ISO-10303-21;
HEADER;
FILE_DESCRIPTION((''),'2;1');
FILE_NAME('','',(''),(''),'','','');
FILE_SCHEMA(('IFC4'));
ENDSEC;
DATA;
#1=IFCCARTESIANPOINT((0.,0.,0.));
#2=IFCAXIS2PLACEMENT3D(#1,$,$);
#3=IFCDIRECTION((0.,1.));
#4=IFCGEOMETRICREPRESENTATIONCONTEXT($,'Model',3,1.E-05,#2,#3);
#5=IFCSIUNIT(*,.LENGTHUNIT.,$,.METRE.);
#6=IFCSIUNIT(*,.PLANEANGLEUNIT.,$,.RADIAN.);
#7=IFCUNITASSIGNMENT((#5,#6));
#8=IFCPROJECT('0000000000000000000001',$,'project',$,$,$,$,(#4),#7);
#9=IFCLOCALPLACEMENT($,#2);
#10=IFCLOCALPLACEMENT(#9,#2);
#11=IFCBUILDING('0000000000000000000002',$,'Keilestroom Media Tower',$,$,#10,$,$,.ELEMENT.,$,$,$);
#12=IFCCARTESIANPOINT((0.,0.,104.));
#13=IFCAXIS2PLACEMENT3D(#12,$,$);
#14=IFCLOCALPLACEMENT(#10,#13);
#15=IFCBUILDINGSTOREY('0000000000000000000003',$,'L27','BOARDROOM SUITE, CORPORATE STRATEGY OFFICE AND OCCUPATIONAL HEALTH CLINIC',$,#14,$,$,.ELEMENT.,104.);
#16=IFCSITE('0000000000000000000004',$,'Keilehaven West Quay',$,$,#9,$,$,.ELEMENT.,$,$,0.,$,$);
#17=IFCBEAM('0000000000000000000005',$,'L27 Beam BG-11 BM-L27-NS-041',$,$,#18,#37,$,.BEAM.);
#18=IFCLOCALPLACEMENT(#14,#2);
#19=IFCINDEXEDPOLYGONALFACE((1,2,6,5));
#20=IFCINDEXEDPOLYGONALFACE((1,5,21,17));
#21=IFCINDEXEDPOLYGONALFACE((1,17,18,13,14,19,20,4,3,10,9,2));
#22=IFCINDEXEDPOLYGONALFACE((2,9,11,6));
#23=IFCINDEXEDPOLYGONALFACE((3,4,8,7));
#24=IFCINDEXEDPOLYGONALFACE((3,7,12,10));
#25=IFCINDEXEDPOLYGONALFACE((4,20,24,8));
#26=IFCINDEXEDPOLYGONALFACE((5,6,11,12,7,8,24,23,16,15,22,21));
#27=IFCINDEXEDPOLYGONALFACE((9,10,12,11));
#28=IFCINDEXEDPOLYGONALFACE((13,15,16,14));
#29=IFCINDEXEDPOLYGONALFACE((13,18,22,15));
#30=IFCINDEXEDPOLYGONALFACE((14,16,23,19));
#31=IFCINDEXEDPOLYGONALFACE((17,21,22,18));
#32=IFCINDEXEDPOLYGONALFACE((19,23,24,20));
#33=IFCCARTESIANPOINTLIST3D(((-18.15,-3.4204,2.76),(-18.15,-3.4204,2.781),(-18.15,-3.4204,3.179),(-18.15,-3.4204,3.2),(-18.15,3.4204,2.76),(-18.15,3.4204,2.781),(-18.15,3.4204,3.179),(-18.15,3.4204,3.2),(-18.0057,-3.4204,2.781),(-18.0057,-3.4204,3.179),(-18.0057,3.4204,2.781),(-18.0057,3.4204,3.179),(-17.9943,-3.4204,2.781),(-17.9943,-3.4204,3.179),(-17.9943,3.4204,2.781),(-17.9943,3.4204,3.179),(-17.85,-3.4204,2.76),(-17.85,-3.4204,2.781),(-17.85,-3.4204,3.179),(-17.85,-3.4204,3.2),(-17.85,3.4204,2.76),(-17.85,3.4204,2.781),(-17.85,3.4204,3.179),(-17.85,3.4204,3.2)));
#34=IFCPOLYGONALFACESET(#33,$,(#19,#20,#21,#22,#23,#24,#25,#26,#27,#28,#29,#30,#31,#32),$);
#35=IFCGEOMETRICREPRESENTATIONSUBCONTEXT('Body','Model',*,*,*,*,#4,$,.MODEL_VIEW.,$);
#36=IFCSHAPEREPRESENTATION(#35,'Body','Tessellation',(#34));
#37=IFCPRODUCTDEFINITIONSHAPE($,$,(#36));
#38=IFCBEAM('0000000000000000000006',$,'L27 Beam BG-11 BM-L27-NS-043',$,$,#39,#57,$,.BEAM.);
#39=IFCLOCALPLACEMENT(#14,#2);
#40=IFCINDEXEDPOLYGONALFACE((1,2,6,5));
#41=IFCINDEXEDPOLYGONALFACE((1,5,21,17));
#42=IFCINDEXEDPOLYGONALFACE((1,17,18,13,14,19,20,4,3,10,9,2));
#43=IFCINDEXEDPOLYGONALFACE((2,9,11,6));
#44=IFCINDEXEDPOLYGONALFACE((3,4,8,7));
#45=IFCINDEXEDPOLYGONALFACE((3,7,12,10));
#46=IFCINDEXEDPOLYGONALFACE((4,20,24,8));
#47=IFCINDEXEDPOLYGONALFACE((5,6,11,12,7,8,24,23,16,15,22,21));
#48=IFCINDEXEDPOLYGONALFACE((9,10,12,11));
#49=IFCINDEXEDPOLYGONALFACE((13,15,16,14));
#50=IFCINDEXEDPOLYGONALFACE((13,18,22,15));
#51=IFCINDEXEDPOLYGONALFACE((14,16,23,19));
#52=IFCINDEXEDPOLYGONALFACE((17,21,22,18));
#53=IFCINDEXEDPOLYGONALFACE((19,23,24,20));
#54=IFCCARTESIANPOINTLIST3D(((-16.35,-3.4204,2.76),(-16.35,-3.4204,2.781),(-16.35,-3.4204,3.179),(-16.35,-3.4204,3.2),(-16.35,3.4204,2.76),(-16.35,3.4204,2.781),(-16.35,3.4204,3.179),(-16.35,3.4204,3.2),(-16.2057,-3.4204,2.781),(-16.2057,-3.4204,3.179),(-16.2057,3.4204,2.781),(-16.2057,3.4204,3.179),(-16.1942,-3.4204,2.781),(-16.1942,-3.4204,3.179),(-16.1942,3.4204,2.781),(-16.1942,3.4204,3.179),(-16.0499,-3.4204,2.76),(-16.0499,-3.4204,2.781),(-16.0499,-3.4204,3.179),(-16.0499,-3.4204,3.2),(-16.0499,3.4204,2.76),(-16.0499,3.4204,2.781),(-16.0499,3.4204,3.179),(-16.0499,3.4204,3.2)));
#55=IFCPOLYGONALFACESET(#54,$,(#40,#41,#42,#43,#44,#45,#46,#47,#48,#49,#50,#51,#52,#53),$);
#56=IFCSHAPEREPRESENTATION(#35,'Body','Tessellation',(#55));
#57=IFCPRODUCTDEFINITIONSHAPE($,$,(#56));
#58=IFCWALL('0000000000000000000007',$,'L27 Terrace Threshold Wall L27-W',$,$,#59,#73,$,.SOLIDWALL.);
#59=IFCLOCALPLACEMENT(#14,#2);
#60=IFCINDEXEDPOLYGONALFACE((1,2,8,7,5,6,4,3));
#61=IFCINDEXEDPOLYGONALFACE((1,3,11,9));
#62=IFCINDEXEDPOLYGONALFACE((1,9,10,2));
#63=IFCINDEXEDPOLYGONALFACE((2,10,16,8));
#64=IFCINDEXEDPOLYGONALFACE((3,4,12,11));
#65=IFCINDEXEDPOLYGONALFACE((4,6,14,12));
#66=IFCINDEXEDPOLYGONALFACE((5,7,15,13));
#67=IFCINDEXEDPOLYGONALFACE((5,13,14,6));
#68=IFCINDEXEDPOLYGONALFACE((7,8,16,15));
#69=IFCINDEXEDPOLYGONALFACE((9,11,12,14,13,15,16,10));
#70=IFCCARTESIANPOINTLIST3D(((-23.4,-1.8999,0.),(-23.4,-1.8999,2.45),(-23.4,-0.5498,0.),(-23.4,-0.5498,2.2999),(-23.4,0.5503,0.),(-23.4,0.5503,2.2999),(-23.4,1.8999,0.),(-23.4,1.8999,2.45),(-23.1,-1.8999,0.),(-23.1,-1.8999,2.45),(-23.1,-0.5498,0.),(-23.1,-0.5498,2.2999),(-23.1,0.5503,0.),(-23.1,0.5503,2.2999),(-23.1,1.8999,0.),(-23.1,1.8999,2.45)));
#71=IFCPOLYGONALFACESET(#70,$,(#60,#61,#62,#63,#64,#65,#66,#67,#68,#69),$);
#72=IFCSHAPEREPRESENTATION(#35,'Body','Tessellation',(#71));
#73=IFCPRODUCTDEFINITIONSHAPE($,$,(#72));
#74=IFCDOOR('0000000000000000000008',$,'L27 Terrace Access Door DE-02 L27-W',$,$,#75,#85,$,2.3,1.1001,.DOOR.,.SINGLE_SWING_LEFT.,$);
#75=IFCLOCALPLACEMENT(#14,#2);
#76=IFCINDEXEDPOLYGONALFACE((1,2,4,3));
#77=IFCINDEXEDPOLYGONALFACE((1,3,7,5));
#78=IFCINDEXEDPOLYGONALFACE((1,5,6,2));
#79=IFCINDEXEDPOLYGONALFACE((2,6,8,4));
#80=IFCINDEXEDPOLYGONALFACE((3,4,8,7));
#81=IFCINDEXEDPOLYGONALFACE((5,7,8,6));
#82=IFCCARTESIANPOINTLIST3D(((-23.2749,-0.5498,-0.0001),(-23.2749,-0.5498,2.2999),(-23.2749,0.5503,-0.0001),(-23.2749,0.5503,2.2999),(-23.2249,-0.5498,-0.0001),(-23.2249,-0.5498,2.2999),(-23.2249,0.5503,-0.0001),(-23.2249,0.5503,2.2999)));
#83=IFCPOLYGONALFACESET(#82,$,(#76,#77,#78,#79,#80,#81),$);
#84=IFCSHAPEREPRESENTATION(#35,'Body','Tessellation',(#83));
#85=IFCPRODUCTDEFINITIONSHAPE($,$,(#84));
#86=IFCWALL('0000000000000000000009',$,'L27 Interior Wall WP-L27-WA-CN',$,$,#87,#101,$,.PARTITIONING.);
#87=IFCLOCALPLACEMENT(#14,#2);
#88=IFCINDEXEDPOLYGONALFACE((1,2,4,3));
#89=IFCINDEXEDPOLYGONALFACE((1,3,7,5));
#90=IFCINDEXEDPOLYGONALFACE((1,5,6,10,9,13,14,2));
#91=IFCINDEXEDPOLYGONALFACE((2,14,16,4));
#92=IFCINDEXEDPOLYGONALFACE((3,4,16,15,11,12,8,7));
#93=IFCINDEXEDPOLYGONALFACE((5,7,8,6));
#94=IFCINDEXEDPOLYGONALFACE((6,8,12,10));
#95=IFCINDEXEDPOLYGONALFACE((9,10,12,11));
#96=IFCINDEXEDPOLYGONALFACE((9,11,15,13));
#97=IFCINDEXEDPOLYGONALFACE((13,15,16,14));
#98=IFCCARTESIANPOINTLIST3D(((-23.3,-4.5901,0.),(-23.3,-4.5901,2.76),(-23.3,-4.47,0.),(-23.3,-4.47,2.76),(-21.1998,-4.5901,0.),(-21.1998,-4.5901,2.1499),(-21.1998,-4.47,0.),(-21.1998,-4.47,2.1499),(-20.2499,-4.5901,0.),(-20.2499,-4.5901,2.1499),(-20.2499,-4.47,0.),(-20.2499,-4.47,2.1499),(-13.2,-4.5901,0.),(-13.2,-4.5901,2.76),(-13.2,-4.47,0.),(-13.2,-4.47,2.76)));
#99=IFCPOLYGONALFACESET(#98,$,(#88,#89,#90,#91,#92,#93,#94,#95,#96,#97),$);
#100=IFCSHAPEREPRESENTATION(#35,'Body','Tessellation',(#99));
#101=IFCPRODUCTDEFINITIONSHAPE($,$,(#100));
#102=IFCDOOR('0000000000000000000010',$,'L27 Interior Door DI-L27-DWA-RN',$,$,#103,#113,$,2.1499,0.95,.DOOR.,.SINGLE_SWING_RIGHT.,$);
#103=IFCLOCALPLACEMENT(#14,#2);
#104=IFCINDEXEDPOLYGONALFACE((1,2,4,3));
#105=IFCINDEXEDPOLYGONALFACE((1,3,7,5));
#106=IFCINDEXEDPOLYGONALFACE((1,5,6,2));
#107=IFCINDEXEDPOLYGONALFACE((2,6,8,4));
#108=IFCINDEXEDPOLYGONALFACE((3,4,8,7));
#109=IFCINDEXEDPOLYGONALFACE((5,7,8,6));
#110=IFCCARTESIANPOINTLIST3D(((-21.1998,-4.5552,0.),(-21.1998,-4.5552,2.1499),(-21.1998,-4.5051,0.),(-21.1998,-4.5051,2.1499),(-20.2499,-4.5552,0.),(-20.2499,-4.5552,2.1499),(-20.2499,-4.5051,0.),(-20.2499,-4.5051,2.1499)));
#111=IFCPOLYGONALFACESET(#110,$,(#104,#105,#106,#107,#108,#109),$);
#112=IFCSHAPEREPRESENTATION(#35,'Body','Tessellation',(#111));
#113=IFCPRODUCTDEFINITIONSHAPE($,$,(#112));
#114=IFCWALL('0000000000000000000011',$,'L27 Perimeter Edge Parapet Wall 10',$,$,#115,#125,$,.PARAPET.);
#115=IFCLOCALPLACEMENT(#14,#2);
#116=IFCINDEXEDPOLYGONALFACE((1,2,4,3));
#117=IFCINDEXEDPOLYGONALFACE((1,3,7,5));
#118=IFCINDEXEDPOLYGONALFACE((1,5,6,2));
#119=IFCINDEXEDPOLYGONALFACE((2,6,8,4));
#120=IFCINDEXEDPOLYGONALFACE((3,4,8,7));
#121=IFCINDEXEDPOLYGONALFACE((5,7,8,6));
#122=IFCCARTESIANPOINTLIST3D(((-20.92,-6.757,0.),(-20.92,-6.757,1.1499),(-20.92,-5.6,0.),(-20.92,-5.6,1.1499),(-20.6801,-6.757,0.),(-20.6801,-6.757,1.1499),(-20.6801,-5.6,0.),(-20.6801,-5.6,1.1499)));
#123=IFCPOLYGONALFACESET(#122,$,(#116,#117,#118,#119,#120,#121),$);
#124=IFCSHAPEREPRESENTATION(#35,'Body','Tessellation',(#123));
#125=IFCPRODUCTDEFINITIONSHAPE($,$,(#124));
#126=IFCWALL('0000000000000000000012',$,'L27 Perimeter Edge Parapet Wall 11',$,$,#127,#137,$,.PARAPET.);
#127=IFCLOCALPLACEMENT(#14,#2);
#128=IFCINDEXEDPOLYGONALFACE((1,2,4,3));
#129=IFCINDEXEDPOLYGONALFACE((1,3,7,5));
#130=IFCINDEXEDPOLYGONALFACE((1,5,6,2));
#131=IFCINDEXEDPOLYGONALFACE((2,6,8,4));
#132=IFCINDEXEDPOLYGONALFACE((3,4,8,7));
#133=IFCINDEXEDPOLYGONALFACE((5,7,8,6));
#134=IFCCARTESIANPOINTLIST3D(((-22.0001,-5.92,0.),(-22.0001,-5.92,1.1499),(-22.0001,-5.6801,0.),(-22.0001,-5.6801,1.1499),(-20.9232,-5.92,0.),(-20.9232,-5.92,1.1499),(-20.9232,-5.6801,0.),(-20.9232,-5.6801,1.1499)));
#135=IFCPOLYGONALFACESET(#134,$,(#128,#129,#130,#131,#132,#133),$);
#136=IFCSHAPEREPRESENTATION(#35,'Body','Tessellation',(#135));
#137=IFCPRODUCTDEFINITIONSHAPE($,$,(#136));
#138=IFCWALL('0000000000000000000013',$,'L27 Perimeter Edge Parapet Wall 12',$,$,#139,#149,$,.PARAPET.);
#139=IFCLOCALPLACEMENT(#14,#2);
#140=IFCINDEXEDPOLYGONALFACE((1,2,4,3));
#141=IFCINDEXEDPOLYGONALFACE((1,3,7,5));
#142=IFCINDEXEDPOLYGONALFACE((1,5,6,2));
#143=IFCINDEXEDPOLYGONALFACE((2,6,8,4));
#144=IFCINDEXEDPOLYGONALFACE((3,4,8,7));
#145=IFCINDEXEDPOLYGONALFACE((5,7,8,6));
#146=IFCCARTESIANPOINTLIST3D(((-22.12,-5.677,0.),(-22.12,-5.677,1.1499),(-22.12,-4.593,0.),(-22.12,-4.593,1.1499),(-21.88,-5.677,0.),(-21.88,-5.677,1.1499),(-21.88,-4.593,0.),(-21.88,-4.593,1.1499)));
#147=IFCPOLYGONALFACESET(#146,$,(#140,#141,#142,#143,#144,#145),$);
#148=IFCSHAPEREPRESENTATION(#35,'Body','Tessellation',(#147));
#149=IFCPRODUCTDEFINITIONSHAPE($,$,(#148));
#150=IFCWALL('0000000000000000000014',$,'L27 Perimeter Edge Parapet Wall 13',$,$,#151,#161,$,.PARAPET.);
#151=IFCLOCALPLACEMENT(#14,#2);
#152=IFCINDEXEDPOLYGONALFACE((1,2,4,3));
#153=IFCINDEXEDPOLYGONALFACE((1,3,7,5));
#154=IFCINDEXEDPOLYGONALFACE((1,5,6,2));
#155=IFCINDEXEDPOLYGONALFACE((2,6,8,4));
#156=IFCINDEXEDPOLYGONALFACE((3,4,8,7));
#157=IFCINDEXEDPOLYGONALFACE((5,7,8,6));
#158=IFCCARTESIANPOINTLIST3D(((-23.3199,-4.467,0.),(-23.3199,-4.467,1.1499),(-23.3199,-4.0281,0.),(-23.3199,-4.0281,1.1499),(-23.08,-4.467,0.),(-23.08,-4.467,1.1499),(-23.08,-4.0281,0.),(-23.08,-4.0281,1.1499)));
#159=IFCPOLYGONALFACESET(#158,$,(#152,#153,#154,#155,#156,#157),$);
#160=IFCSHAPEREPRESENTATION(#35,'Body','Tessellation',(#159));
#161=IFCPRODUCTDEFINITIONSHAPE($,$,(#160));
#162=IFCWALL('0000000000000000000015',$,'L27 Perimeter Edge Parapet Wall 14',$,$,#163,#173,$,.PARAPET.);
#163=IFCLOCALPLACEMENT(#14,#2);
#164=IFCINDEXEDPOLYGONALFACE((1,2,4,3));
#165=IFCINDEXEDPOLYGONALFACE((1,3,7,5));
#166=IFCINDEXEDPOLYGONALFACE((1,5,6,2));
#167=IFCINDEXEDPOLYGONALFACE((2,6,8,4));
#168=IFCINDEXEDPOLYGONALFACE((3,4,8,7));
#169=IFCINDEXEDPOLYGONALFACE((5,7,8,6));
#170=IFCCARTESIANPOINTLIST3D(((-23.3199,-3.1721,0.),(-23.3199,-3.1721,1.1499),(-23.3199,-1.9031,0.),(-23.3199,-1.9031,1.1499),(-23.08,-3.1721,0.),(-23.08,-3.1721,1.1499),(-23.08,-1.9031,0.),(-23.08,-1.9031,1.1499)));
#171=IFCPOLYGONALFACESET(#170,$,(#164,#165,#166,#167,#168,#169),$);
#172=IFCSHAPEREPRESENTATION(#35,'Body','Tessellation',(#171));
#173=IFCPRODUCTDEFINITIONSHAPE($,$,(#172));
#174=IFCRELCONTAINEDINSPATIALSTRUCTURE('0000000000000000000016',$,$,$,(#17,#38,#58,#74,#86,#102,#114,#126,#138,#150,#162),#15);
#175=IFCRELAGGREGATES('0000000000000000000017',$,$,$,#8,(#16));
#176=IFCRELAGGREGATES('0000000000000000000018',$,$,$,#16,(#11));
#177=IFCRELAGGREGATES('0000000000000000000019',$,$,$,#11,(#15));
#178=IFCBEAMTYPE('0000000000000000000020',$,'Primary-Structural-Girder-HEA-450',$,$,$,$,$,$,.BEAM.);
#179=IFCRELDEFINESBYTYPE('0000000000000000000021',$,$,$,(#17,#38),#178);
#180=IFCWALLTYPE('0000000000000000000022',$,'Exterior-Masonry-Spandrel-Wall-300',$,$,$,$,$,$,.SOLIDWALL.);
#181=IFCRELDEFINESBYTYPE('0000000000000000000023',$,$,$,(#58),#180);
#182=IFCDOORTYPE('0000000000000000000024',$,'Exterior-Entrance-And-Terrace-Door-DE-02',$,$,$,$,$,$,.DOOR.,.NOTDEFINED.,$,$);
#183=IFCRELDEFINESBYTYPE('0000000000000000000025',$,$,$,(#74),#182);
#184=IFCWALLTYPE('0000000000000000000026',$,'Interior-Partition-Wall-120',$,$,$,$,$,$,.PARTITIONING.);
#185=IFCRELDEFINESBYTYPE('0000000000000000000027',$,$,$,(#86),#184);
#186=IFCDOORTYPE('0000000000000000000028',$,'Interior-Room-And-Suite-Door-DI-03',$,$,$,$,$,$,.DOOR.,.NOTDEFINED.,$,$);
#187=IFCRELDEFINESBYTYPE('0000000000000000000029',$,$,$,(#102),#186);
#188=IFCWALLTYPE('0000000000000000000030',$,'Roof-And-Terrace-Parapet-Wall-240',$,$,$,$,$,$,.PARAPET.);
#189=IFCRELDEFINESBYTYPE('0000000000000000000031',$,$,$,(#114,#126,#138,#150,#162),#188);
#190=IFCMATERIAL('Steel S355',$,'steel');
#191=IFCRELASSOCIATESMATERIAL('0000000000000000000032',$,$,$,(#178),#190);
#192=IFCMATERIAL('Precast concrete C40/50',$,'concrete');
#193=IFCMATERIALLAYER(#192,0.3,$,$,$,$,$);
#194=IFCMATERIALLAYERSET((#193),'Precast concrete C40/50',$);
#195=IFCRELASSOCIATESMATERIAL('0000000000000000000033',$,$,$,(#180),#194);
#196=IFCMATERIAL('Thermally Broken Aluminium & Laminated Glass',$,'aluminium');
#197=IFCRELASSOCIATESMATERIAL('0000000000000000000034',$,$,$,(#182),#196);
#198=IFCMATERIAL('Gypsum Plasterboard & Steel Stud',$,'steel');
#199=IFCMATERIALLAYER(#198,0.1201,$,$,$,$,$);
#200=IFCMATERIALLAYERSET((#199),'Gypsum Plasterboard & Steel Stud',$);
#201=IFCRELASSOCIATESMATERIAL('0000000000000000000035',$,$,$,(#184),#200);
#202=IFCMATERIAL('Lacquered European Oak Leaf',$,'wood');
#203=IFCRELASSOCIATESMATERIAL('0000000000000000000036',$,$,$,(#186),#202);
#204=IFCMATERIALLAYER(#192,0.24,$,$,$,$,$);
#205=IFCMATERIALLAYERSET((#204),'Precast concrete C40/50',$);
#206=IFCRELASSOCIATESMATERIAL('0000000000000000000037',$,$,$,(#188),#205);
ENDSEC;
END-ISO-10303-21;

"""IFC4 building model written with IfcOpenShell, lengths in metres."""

from ifc_helpers import new_model, si_unit, direction, frame, frame_2d, origin, origin_2d, place, context, subcontext, project, spatial, rectangle, i_section, extrude, source, transform, mapped, material, layer, layer_set, material_profile, profile_set, type_object, element, fill, save


model = new_model("IFC4")

# Units and contexts
model_context = context("Model", 3, precision=1e-05, world=origin(), true_north=direction((0.0, 1.0)))
body_context = subcontext(model_context, "Body", "Model", "MODEL_VIEW")
ifc_project = project(units=[si_unit("LENGTHUNIT", "METRE"), si_unit("PLANEANGLEUNIT", "RADIAN")], contexts=[model_context])

# Site, building, storey
site_placement = place(None, origin())
site = spatial("IfcSite", under=ifc_project, at=site_placement, Name="Keilehaven West Quay", CompositionType="ELEMENT", RefElevation=0.0)
building_placement = place(site_placement, origin())
building = spatial("IfcBuilding", under=site, at=building_placement, Name="Keilestroom Media Tower", CompositionType="ELEMENT")
storey_placement = place(building_placement, frame((0.0, 0.0, 104.0)))
storey = spatial("IfcBuildingStorey", under=building, at=storey_placement, Name="L27", Description="BOARDROOM SUITE, CORPORATE STRATEGY OFFICE AND OCCUPATIONAL HEALTH CLINIC", CompositionType="ELEMENT", Elevation=104.0)

# Shared definitions
ifc_material_1 = material(Name="Precast concrete C40/50", Category="concrete")
ifc_material_2 = material(Name="Steel S355", Category="steel")

# Beams
ifc_material_profile_1 = material_profile(ifc_material_2, i_section(OverallWidth=0.3, OverallDepth=0.4399, WebThickness=0.0115, FlangeThickness=0.021, at=origin_2d()), Name="HEA 450")
ifc_profile_set_1 = profile_set([ifc_material_profile_1], Name="Steel S355")
beam_type_1 = type_object("IfcBeamType", Name="Primary-Structural-Girder-HEA-450", PredefinedType="BEAM", material=ifc_profile_set_1)
shared_shape_1 = source(origin(), body_context, "Body", "SweptSolid", [
    extrude(i_section(OverallWidth=0.3, OverallDepth=0.4399, WebThickness=0.0115, FlangeThickness=0.021, at=origin_2d()), origin(), (0.0, 0.0, 1.0), 6.8408),
])
for number, where, z_axis, x_axis, name in (
    (1, (-18.0, -3.4204, 2.98), (0.0, 1.0, 0.0), (-1.0, 0.0, 0.0), "L27 Beam BG-11 BM-L27-NS-041"),
    (2, (-16.2, -3.4204, 2.98), (0.0, 1.0, 0.0), (-1.0, 0.0, 0.0), "L27 Beam BG-11 BM-L27-NS-043"),
):
    element("IfcBeam", number, at=place(storey_placement, frame(where, z_axis=z_axis, x_axis=x_axis)), inside=storey, type_object=beam_type_1, Name=name, PredefinedType="BEAM", context=body_context, shape_type="MappedRepresentation", body=[
        mapped(shared_shape_1, transform((0.0, 0.0, 0.0), x_axis=(1.0, 0.0, 0.0), y_axis=(0.0, 1.0, 0.0), z_axis=(0.0, 0.0, 1.0), scale=1.0)),
    ])

# Walls, openings, doors
ifc_layer_1 = layer(ifc_material_1, 0.3)
ifc_layer_set_1 = layer_set([ifc_layer_1], Name="Precast concrete C40/50")
wall_type_1 = type_object("IfcWallType", Name="Exterior-Masonry-Spandrel-Wall-300", PredefinedType="SOLIDWALL", material=ifc_layer_set_1)
wall_1_placement = place(storey_placement, frame((-23.25, -1.8999, 0.0), z_axis=(0.0, 0.0, 1.0), x_axis=(0.0, 1.0, 0.0)))
wall_1 = element("IfcWall", 3, at=wall_1_placement, inside=storey, type_object=wall_type_1, Name="L27 Terrace Threshold Wall L27-W", PredefinedType="SOLIDWALL", context=body_context, shape_type="SweptSolid", body=[
    extrude(rectangle(XDim=3.7998, YDim=0.3, at=frame_2d((1.8999, 0.0))), origin(), (0.0, 0.0, 1.0), 2.45),
])
opening_1_placement = place(wall_1_placement, frame((1.3501, 0.0, 0.0)))
opening_1 = element("IfcOpeningElement", 4, at=opening_1_placement, cuts=wall_1, PredefinedType="OPENING", context=body_context, shape_type="SweptSolid", body=[
    extrude(rectangle(XDim=1.1001, YDim=2.3, at=frame_2d((0.55, 1.1499))), frame((0.0, 0.1602, 0.0), z_axis=(0.0, -1.0, 0.0), x_axis=(1.0, 0.0, 0.0)), (0.0, 0.0, 1.0), 0.3201),
])
ifc_material_3 = material(Name="Thermally Broken Aluminium & Laminated Glass", Category="aluminium")
door_type_1 = type_object("IfcDoorType", Name="Exterior-Entrance-And-Terrace-Door-DE-02", OperationType="NOTDEFINED", PredefinedType="DOOR", material=ifc_material_3)
shared_shape_2 = source(origin(), body_context, "Body", "SweptSolid", [
    extrude(rectangle(XDim=1.1001, YDim=2.3, at=frame_2d((0.55, 1.1499))), frame((0.0, 0.0249, 0.0), z_axis=(0.0, -1.0, 0.0), x_axis=(1.0, 0.0, 0.0)), (0.0, 0.0, 1.0), 0.05),
])
door_1_placement = place(opening_1_placement, origin())
door_1 = element("IfcDoor", 5, at=door_1_placement, inside=storey, type_object=door_type_1, Name="L27 Terrace Access Door DE-02 L27-W", OperationType="SINGLE_SWING_LEFT", OverallHeight=2.3, OverallWidth=1.1001, PredefinedType="DOOR", context=body_context, shape_type="MappedRepresentation", body=[
    mapped(shared_shape_2, transform((0.0, 0.0, 0.0), x_axis=(1.0, 0.0, 0.0), y_axis=(0.0, 1.0, 0.0), z_axis=(0.0, 0.0, 1.0), scale=1.0)),
])
fill(opening_1, door_1)
ifc_material_4 = material(Name="Gypsum Plasterboard & Steel Stud", Category="steel")
ifc_layer_2 = layer(ifc_material_4, 0.1201)
ifc_layer_set_2 = layer_set([ifc_layer_2], Name="Gypsum Plasterboard & Steel Stud")
wall_type_2 = type_object("IfcWallType", Name="Interior-Partition-Wall-120", PredefinedType="PARTITIONING", material=ifc_layer_set_2)
wall_2_placement = place(storey_placement, frame((-23.3, -4.53, 0.0), z_axis=(0.0, 0.0, 1.0), x_axis=(1.0, 0.0, 0.0)))
wall_2 = element("IfcWall", 6, at=wall_2_placement, inside=storey, type_object=wall_type_2, Name="L27 Interior Wall WP-L27-WA-CN", PredefinedType="PARTITIONING", context=body_context, shape_type="SweptSolid", body=[
    extrude(rectangle(XDim=10.1001, YDim=0.1201, at=frame_2d((5.05, 0.0))), origin(), (0.0, 0.0, 1.0), 2.76),
])
opening_2_placement = place(wall_2_placement, frame((2.1001, 0.0, 0.0)))
opening_2 = element("IfcOpeningElement", 7, at=opening_2_placement, cuts=wall_2, PredefinedType="OPENING", context=body_context, shape_type="SweptSolid", body=[
    extrude(rectangle(XDim=0.95, YDim=2.1499, at=frame_2d((0.4751, 1.075))), frame((0.0, 0.0701, 0.0), z_axis=(0.0, -1.0, 0.0), x_axis=(1.0, 0.0, 0.0)), (0.0, 0.0, 1.0), 0.1401),
])
ifc_material_5 = material(Name="Lacquered European Oak Leaf", Category="wood")
door_type_2 = type_object("IfcDoorType", Name="Interior-Room-And-Suite-Door-DI-03", OperationType="NOTDEFINED", PredefinedType="DOOR", material=ifc_material_5)
shared_shape_3 = source(origin(), body_context, "Body", "SweptSolid", [
    extrude(rectangle(XDim=0.95, YDim=2.1499, at=frame_2d((0.4751, 1.075))), frame((0.0, 0.0249, 0.0), z_axis=(0.0, -1.0, 0.0), x_axis=(1.0, 0.0, 0.0)), (0.0, 0.0, 1.0), 0.05),
])
door_2_placement = place(opening_2_placement, origin())
door_2 = element("IfcDoor", 8, at=door_2_placement, inside=storey, type_object=door_type_2, Name="L27 Interior Door DI-L27-DWA-RN", OperationType="SINGLE_SWING_RIGHT", OverallHeight=2.1499, OverallWidth=0.95, PredefinedType="DOOR", context=body_context, shape_type="MappedRepresentation", body=[
    mapped(shared_shape_3, transform((0.0, 0.0, 0.0), x_axis=(1.0, 0.0, 0.0), y_axis=(0.0, 1.0, 0.0), z_axis=(0.0, 0.0, 1.0), scale=1.0)),
])
fill(opening_2, door_2)

# Walls
ifc_layer_3 = layer(ifc_material_1, 0.24)
ifc_layer_set_3 = layer_set([ifc_layer_3], Name="Precast concrete C40/50")
wall_type_3 = type_object("IfcWallType", Name="Roof-And-Terrace-Parapet-Wall-240", PredefinedType="PARAPET", material=ifc_layer_set_3)
wall_3_placement = place(storey_placement, frame((-20.8, -6.7571, 0.0), z_axis=(0.0, 0.0, 1.0), x_axis=(0.0, 1.0, 0.0)))
element("IfcWall", 9, at=wall_3_placement, inside=storey, type_object=wall_type_3, Name="L27 Perimeter Edge Parapet Wall 10", PredefinedType="PARAPET", context=body_context, shape_type="SweptSolid", body=[
    extrude(rectangle(XDim=1.157, YDim=0.24, at=frame_2d((0.5786, 0.0))), origin(), (0.0, 0.0, 1.0), 1.1499),
])
wall_4_placement = place(storey_placement, frame((-20.9231, -5.8, 0.0), z_axis=(0.0, 0.0, 1.0), x_axis=(-1.0, 0.0, 0.0)))
element("IfcWall", 10, at=wall_4_placement, inside=storey, type_object=wall_type_3, Name="L27 Perimeter Edge Parapet Wall 11", PredefinedType="PARAPET", context=body_context, shape_type="SweptSolid", body=[
    extrude(rectangle(XDim=1.0769, YDim=0.24, at=frame_2d((0.5386, 0.0))), origin(), (0.0, 0.0, 1.0), 1.1499),
])
wall_5_placement = place(storey_placement, frame((-22.0, -5.677, 0.0), z_axis=(0.0, 0.0, 1.0), x_axis=(0.0, 1.0, 0.0)))
element("IfcWall", 11, at=wall_5_placement, inside=storey, type_object=wall_type_3, Name="L27 Perimeter Edge Parapet Wall 12", PredefinedType="PARAPET", context=body_context, shape_type="SweptSolid", body=[
    extrude(rectangle(XDim=1.084, YDim=0.24, at=frame_2d((0.542, 0.0))), origin(), (0.0, 0.0, 1.0), 1.1499),
])
wall_6_placement = place(storey_placement, frame((-23.2, -4.467, 0.0), z_axis=(0.0, 0.0, 1.0), x_axis=(0.0, 1.0, 0.0)))
element("IfcWall", 12, at=wall_6_placement, inside=storey, type_object=wall_type_3, Name="L27 Perimeter Edge Parapet Wall 13", PredefinedType="PARAPET", context=body_context, shape_type="SweptSolid", body=[
    extrude(rectangle(XDim=0.439, YDim=0.24, at=frame_2d((0.2195, 0.0))), origin(), (0.0, 0.0, 1.0), 1.1499),
])
wall_7_placement = place(storey_placement, frame((-23.2, -3.1721, 0.0), z_axis=(0.0, 0.0, 1.0), x_axis=(0.0, 1.0, 0.0)))
element("IfcWall", 13, at=wall_7_placement, inside=storey, type_object=wall_type_3, Name="L27 Perimeter Edge Parapet Wall 14", PredefinedType="PARAPET", context=body_context, shape_type="SweptSolid", body=[
    extrude(rectangle(XDim=1.269, YDim=0.24, at=frame_2d((0.6345, 0.0))), origin(), (0.0, 0.0, 1.0), 1.1499),
])

save(model, "model.ifc")
